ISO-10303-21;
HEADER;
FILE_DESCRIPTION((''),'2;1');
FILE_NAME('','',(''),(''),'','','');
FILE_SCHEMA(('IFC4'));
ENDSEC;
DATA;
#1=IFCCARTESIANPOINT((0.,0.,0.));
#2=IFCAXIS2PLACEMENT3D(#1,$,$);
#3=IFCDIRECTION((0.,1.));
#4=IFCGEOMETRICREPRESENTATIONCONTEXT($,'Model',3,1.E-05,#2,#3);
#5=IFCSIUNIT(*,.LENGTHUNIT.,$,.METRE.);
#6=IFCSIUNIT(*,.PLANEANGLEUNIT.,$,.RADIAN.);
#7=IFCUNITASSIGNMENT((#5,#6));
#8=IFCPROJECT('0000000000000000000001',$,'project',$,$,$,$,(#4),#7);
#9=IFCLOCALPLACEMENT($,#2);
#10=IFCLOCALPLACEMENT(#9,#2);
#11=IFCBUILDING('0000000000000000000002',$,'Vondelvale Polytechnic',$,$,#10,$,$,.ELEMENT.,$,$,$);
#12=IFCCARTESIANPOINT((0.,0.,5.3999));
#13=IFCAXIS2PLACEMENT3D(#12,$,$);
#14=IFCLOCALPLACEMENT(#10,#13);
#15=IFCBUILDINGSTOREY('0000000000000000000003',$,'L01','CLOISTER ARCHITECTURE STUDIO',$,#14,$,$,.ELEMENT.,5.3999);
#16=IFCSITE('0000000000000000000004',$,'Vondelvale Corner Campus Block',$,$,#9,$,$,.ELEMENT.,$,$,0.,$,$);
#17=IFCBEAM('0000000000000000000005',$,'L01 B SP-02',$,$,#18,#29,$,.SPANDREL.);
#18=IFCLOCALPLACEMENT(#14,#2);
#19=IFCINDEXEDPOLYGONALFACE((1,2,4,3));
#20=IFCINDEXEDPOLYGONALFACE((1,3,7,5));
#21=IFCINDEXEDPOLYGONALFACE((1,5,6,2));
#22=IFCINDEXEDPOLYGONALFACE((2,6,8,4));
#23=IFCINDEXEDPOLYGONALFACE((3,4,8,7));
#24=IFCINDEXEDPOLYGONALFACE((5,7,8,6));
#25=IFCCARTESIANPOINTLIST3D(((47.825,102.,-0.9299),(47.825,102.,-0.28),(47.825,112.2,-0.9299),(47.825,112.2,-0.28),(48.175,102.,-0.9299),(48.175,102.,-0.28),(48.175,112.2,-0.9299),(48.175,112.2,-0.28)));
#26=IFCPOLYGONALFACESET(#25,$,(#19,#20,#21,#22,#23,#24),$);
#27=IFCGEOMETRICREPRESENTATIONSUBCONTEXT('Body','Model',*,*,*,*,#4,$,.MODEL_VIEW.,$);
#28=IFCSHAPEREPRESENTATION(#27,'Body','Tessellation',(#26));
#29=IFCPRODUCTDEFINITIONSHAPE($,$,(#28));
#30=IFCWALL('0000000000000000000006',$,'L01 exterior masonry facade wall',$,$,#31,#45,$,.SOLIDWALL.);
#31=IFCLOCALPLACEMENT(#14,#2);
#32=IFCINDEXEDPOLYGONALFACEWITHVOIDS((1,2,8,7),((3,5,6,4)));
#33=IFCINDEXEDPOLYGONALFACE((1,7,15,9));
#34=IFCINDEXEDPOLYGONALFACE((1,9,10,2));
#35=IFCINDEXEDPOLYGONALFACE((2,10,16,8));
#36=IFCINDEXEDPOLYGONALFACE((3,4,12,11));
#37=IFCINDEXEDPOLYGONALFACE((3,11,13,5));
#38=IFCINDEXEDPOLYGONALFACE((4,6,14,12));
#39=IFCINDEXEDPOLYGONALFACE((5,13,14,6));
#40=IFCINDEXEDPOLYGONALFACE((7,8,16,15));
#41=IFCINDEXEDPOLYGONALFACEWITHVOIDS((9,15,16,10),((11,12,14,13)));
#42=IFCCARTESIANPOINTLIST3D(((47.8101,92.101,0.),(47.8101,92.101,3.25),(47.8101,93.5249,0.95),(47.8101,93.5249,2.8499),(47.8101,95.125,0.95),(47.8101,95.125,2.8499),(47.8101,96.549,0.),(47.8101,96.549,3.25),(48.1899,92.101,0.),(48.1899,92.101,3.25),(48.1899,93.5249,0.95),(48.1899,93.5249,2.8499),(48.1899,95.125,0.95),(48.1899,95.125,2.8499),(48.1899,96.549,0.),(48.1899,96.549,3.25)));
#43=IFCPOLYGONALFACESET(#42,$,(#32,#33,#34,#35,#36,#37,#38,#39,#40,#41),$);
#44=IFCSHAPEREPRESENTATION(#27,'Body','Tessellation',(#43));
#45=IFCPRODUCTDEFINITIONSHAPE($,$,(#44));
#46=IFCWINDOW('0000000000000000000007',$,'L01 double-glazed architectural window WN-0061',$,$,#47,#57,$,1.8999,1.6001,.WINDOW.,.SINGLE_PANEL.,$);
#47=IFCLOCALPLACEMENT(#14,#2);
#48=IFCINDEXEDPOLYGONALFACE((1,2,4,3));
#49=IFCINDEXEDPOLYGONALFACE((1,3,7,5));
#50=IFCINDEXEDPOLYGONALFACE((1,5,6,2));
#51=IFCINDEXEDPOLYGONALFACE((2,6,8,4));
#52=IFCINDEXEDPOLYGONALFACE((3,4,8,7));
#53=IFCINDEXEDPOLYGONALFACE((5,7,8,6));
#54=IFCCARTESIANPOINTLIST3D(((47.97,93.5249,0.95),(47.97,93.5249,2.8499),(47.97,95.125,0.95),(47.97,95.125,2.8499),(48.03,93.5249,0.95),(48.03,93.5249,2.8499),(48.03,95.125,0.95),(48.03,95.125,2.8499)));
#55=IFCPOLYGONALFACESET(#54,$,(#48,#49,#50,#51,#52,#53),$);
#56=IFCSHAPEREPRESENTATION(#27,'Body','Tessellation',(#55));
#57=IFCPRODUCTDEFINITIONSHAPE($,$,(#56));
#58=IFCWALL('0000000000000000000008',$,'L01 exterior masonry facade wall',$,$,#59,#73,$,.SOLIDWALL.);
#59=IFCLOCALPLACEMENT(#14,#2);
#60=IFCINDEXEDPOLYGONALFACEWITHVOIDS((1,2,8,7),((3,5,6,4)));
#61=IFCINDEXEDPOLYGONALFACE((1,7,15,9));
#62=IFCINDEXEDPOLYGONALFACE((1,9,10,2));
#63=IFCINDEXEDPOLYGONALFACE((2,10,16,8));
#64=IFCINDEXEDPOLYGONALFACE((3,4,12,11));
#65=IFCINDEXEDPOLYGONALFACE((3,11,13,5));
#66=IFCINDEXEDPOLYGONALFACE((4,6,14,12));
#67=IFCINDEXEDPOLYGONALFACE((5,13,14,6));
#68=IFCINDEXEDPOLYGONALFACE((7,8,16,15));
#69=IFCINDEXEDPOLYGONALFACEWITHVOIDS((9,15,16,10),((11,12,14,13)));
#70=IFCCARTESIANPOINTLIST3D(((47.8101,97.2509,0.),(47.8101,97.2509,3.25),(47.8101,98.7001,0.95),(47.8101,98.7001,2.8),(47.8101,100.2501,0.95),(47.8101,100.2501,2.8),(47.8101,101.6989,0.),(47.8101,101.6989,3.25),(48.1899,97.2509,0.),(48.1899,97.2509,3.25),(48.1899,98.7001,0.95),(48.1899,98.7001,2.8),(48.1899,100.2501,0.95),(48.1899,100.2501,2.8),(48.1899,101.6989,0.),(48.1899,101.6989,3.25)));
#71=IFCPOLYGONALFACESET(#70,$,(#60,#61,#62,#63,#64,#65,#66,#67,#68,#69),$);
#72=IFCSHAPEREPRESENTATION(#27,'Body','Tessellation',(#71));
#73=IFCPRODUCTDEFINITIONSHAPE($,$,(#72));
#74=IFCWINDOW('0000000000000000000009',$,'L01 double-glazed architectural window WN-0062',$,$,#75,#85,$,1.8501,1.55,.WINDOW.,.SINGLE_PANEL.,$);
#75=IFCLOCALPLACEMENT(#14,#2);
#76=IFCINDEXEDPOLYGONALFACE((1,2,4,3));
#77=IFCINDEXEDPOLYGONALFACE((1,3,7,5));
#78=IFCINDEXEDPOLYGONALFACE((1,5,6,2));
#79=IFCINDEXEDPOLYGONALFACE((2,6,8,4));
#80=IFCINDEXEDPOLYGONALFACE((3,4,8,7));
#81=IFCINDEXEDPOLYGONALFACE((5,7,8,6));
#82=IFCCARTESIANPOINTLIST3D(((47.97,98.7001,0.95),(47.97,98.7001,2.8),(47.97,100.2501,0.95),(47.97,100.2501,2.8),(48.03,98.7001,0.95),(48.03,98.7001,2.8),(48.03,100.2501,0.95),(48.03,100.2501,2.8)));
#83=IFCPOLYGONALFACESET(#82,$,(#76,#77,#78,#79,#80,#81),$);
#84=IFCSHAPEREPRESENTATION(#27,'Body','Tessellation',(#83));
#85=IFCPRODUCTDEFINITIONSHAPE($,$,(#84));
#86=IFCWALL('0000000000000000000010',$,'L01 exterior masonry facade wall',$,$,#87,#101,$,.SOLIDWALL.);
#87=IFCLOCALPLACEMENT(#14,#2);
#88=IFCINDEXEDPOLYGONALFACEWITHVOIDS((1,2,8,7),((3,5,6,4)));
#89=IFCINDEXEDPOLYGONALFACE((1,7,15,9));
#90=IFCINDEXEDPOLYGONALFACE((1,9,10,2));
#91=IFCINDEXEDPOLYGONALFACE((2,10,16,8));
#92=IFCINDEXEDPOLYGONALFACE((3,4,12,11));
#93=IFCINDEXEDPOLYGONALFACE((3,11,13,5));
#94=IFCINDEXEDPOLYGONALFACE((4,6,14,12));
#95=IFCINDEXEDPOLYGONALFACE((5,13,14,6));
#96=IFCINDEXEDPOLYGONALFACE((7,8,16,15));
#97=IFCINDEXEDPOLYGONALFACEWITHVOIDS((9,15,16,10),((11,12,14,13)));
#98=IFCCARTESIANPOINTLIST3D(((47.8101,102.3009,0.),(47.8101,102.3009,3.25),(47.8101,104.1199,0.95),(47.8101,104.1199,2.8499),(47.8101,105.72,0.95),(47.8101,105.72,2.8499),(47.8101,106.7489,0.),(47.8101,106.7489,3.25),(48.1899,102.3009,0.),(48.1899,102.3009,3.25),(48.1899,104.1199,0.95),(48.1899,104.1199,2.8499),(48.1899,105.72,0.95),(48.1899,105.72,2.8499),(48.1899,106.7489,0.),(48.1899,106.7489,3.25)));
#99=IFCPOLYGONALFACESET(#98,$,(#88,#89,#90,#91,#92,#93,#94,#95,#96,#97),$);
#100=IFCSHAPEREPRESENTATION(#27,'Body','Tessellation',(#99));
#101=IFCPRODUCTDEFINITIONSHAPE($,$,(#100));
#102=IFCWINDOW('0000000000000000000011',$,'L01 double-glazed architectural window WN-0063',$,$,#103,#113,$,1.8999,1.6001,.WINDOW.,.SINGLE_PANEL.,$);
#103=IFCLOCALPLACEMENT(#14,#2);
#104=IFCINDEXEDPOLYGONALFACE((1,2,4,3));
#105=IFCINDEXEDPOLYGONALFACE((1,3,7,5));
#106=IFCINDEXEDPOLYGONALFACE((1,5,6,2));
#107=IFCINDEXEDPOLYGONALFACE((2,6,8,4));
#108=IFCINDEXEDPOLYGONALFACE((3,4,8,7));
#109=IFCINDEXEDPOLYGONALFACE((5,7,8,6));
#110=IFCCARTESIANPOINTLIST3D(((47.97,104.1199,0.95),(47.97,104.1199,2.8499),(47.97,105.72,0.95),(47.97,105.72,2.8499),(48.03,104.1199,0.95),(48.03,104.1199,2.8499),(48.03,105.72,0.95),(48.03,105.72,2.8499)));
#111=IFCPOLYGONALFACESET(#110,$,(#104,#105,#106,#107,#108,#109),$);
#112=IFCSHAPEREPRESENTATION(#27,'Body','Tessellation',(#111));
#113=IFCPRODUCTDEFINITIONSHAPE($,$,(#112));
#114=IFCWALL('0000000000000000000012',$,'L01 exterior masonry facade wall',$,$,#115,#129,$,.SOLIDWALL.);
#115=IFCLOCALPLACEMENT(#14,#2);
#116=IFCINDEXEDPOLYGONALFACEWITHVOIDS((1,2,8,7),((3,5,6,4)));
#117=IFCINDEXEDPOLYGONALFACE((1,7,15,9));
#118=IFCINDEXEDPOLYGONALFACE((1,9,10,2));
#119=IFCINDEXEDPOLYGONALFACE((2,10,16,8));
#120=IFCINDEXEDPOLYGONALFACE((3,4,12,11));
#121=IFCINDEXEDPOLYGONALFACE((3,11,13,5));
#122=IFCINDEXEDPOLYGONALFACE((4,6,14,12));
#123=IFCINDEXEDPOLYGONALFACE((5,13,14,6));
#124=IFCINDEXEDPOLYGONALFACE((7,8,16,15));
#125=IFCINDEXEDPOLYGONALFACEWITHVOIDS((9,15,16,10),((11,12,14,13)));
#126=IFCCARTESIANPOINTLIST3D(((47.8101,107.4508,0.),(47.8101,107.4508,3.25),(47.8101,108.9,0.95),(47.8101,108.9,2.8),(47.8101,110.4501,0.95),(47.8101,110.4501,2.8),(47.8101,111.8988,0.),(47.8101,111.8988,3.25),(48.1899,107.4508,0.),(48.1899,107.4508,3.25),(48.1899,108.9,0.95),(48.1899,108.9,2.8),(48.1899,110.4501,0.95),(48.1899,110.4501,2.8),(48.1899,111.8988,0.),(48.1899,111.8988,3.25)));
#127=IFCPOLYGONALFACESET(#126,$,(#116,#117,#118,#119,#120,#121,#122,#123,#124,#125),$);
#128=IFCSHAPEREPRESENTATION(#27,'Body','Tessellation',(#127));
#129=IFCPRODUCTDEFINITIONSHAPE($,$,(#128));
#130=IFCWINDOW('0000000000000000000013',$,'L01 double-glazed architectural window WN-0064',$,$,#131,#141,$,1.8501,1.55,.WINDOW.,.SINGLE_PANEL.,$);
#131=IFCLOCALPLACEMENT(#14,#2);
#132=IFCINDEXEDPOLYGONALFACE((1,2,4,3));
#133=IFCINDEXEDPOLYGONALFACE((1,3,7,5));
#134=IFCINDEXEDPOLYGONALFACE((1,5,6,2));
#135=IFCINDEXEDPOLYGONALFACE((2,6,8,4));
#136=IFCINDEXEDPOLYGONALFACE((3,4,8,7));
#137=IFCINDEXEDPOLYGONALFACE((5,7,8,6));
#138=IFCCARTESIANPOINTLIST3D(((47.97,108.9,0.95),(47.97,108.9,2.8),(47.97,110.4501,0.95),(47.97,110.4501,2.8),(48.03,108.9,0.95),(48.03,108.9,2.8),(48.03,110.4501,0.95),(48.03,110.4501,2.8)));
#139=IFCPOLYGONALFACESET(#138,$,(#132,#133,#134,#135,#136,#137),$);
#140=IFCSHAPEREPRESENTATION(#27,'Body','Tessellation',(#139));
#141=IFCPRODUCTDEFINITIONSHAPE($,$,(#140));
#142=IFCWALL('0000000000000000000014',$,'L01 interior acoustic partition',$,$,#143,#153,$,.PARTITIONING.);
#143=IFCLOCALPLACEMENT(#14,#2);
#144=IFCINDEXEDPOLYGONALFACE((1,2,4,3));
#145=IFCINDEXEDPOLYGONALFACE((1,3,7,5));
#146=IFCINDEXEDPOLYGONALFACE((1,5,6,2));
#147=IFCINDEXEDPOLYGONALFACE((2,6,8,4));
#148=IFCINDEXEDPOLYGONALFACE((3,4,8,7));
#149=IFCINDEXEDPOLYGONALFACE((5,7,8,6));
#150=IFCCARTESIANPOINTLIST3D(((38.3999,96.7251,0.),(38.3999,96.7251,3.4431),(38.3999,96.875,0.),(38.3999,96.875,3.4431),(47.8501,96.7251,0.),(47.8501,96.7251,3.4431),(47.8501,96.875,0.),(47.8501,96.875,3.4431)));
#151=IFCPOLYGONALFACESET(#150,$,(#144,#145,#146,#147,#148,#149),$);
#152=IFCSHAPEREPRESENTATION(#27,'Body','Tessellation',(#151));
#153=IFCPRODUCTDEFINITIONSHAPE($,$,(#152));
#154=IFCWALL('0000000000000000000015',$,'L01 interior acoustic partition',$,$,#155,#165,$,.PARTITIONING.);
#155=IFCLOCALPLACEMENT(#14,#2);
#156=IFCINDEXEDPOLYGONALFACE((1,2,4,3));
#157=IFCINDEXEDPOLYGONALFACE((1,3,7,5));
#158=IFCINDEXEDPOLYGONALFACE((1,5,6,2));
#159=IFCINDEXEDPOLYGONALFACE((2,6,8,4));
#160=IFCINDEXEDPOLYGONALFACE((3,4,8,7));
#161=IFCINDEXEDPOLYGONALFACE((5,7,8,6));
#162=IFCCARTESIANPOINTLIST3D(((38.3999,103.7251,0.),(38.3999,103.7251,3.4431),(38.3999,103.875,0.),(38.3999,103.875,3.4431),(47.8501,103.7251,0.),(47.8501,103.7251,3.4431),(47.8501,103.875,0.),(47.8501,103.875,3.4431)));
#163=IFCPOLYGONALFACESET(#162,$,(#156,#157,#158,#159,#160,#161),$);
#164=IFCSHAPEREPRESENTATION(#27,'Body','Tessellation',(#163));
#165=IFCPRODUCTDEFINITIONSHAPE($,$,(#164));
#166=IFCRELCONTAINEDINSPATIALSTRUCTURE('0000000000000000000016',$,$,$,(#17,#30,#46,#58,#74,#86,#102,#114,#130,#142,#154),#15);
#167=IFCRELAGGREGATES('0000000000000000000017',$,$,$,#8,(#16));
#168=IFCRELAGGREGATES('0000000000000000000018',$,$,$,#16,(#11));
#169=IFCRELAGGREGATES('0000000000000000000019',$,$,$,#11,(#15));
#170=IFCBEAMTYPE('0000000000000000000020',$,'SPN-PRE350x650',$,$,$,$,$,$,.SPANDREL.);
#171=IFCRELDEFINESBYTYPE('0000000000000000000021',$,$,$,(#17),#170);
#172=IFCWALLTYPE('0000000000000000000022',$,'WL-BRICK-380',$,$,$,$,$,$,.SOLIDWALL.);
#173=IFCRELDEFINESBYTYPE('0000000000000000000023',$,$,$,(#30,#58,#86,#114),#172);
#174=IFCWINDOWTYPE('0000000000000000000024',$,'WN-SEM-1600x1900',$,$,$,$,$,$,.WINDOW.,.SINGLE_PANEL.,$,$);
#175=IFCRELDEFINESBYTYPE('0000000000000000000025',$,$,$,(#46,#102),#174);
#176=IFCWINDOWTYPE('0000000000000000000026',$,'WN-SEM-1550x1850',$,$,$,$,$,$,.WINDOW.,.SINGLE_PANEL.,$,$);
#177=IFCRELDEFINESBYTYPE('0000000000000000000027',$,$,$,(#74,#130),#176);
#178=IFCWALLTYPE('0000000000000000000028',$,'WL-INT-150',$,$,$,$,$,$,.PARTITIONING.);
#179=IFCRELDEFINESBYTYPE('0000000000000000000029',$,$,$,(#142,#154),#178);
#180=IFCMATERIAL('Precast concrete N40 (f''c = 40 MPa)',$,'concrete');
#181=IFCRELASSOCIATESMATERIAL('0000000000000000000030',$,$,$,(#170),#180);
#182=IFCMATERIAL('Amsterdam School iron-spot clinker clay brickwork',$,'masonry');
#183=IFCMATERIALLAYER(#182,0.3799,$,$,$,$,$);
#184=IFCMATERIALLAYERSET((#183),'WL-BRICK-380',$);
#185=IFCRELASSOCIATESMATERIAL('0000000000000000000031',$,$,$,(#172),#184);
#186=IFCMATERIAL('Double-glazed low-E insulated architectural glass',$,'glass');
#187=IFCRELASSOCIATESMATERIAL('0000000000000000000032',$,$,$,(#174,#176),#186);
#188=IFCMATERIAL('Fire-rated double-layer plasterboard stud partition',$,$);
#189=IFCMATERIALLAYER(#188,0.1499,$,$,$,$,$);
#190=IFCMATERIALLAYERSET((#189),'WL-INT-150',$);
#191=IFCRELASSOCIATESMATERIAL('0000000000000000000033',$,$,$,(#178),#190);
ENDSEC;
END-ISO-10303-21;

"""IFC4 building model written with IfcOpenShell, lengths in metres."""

from ifc_helpers import new_model, si_unit, direction, frame, frame_2d, origin, origin_2d, place, context, subcontext, project, spatial, rectangle, extrude, material, layer, layer_set, material_profile, profile_set, type_object, element, fill, save


model = new_model("IFC4")

# Units and contexts
model_context = context("Model", 3, precision=1e-05, world=origin(), true_north=direction((0.0, 1.0)))
body_context = subcontext(model_context, "Body", "Model", "MODEL_VIEW")
ifc_project = project(units=[si_unit("LENGTHUNIT", "METRE"), si_unit("PLANEANGLEUNIT", "RADIAN")], contexts=[model_context])

# Site, building, storey
site_placement = place(None, origin())
site = spatial("IfcSite", under=ifc_project, at=site_placement, Name="Vondelvale Corner Campus Block", CompositionType="ELEMENT", RefElevation=0.0)
building_placement = place(site_placement, origin())
building = spatial("IfcBuilding", under=site, at=building_placement, Name="Vondelvale Polytechnic", CompositionType="ELEMENT")
storey_placement = place(building_placement, frame((0.0, 0.0, 5.3999)))
storey = spatial("IfcBuildingStorey", under=building, at=storey_placement, Name="L01", Description="CLOISTER ARCHITECTURE STUDIO", CompositionType="ELEMENT", Elevation=5.3999)

# Beam
ifc_material_1 = material(Name="Precast concrete N40 (f'c = 40 MPa)", Category="concrete")
ifc_material_profile_1 = material_profile(ifc_material_1, rectangle(XDim=0.3501, YDim=0.6499, at=origin_2d()), Name="RC-SPN-350x650")
ifc_profile_set_1 = profile_set([ifc_material_profile_1], Name="Precast concrete N40 (f'c = 40 MPa)")
beam_type_1 = type_object("IfcBeamType", Name="SPN-PRE350x650", PredefinedType="SPANDREL", material=ifc_profile_set_1)
beam_placement = place(storey_placement, frame((48.0, 102.0, -0.605), z_axis=(0.0, 1.0, 0.0), x_axis=(-1.0, 0.0, 0.0)))
element("IfcBeam", 1, at=beam_placement, inside=storey, type_object=beam_type_1, Name="L01 B SP-02", PredefinedType="SPANDREL", context=body_context, shape_type="SweptSolid", body=[
    extrude(rectangle(XDim=0.3501, YDim=0.6499, at=origin_2d()), origin(), (0.0, 0.0, 1.0), 10.2),
])

# Walls, openings, windows
ifc_material_2 = material(Name="Amsterdam School iron-spot clinker clay brickwork", Category="masonry")
ifc_layer_1 = layer(ifc_material_2, 0.3799)
ifc_layer_set_1 = layer_set([ifc_layer_1], Name="WL-BRICK-380")
wall_type_1 = type_object("IfcWallType", Name="WL-BRICK-380", PredefinedType="SOLIDWALL", material=ifc_layer_set_1)
wall_1_placement = place(storey_placement, frame((48.0, 96.5491, 0.0), z_axis=(0.0, 0.0, 1.0), x_axis=(0.0, -1.0, 0.0)))
wall_1 = element("IfcWall", 2, at=wall_1_placement, inside=storey, type_object=wall_type_1, Name="L01 exterior masonry facade wall", PredefinedType="SOLIDWALL", context=body_context, shape_type="SweptSolid", body=[
    extrude(rectangle(XDim=4.448, YDim=0.3799, at=frame_2d((2.2241, 0.0))), origin(), (0.0, 0.0, 1.0), 3.25),
])
opening_1_placement = place(wall_1_placement, frame((1.4241, 0.0, 0.95)))
opening_1 = element("IfcOpeningElement", 3, at=opening_1_placement, cuts=wall_1, PredefinedType="OPENING", context=body_context, shape_type="SweptSolid", body=[
    extrude(rectangle(XDim=1.6001, YDim=1.8999, at=frame_2d((0.8, 0.95))), frame((0.0, 0.2, 0.0), z_axis=(0.0, -1.0, 0.0), x_axis=(1.0, 0.0, 0.0)), (0.0, 0.0, 1.0), 0.3999),
])
ifc_material_3 = material(Name="Double-glazed low-E insulated architectural glass", Category="glass")
window_type_1 = type_object("IfcWindowType", Name="WN-SEM-1600x1900", PartitioningType="SINGLE_PANEL", PredefinedType="WINDOW", material=ifc_material_3)
window_1_placement = place(opening_1_placement, origin())
window_1 = element("IfcWindow", 4, at=window_1_placement, inside=storey, type_object=window_type_1, Name="L01 double-glazed architectural window WN-0061", OverallHeight=1.8999, OverallWidth=1.6001, PartitioningType="SINGLE_PANEL", PredefinedType="WINDOW", context=body_context, shape_type="SweptSolid", body=[
    extrude(rectangle(XDim=1.6001, YDim=1.8999, at=frame_2d((0.8, 0.95))), frame((0.0, 0.03, 0.0), z_axis=(0.0, -1.0, 0.0), x_axis=(1.0, 0.0, 0.0)), (0.0, 0.0, 1.0), 0.0601),
])
fill(opening_1, window_1)
wall_2_placement = place(storey_placement, frame((48.0, 101.699, 0.0), z_axis=(0.0, 0.0, 1.0), x_axis=(0.0, -1.0, 0.0)))
wall_2 = element("IfcWall", 5, at=wall_2_placement, inside=storey, type_object=wall_type_1, Name="L01 exterior masonry facade wall", PredefinedType="SOLIDWALL", context=body_context, shape_type="SweptSolid", body=[
    extrude(rectangle(XDim=4.448, YDim=0.3799, at=frame_2d((2.2241, 0.0))), origin(), (0.0, 0.0, 1.0), 3.25),
])
opening_2_placement = place(wall_2_placement, frame((1.449, 0.0, 0.95)))
opening_2 = element("IfcOpeningElement", 6, at=opening_2_placement, cuts=wall_2, PredefinedType="OPENING", context=body_context, shape_type="SweptSolid", body=[
    extrude(rectangle(XDim=1.55, YDim=1.8501, at=frame_2d((0.7749, 0.925))), frame((0.0, 0.2, 0.0), z_axis=(0.0, -1.0, 0.0), x_axis=(1.0, 0.0, 0.0)), (0.0, 0.0, 1.0), 0.3999),
])
window_type_2 = type_object("IfcWindowType", Name="WN-SEM-1550x1850", PartitioningType="SINGLE_PANEL", PredefinedType="WINDOW", material=ifc_material_3)
window_2_placement = place(opening_2_placement, origin())
window_2 = element("IfcWindow", 7, at=window_2_placement, inside=storey, type_object=window_type_2, Name="L01 double-glazed architectural window WN-0062", OverallHeight=1.8501, OverallWidth=1.55, PartitioningType="SINGLE_PANEL", PredefinedType="WINDOW", context=body_context, shape_type="SweptSolid", body=[
    extrude(rectangle(XDim=1.55, YDim=1.8501, at=frame_2d((0.7749, 0.925))), frame((0.0, 0.03, 0.0), z_axis=(0.0, -1.0, 0.0), x_axis=(1.0, 0.0, 0.0)), (0.0, 0.0, 1.0), 0.0601),
])
fill(opening_2, window_2)
wall_3_placement = place(storey_placement, frame((48.0, 106.749, 0.0), z_axis=(0.0, 0.0, 1.0), x_axis=(0.0, -1.0, 0.0)))
wall_3 = element("IfcWall", 8, at=wall_3_placement, inside=storey, type_object=wall_type_1, Name="L01 exterior masonry facade wall", PredefinedType="SOLIDWALL", context=body_context, shape_type="SweptSolid", body=[
    extrude(rectangle(XDim=4.448, YDim=0.3799, at=frame_2d((2.2241, 0.0))), origin(), (0.0, 0.0, 1.0), 3.25),
])
opening_3_placement = place(wall_3_placement, frame((1.0291, 0.0, 0.95)))
opening_3 = element("IfcOpeningElement", 9, at=opening_3_placement, cuts=wall_3, PredefinedType="OPENING", context=body_context, shape_type="SweptSolid", body=[
    extrude(rectangle(XDim=1.6001, YDim=1.8999, at=frame_2d((0.8, 0.95))), frame((0.0, 0.2, 0.0), z_axis=(0.0, -1.0, 0.0), x_axis=(1.0, 0.0, 0.0)), (0.0, 0.0, 1.0), 0.3999),
])
window_3_placement = place(opening_3_placement, origin())
window_3 = element("IfcWindow", 10, at=window_3_placement, inside=storey, type_object=window_type_1, Name="L01 double-glazed architectural window WN-0063", OverallHeight=1.8999, OverallWidth=1.6001, PartitioningType="SINGLE_PANEL", PredefinedType="WINDOW", context=body_context, shape_type="SweptSolid", body=[
    extrude(rectangle(XDim=1.6001, YDim=1.8999, at=frame_2d((0.8, 0.95))), frame((0.0, 0.03, 0.0), z_axis=(0.0, -1.0, 0.0), x_axis=(1.0, 0.0, 0.0)), (0.0, 0.0, 1.0), 0.0601),
])
fill(opening_3, window_3)
wall_4_placement = place(storey_placement, frame((48.0, 111.8989, 0.0), z_axis=(0.0, 0.0, 1.0), x_axis=(0.0, -1.0, 0.0)))
wall_4 = element("IfcWall", 11, at=wall_4_placement, inside=storey, type_object=wall_type_1, Name="L01 exterior masonry facade wall", PredefinedType="SOLIDWALL", context=body_context, shape_type="SweptSolid", body=[
    extrude(rectangle(XDim=4.448, YDim=0.3799, at=frame_2d((2.2241, 0.0))), origin(), (0.0, 0.0, 1.0), 3.25),
])
opening_4_placement = place(wall_4_placement, frame((1.449, 0.0, 0.95)))
opening_4 = element("IfcOpeningElement", 12, at=opening_4_placement, cuts=wall_4, PredefinedType="OPENING", context=body_context, shape_type="SweptSolid", body=[
    extrude(rectangle(XDim=1.55, YDim=1.8501, at=frame_2d((0.7749, 0.925))), frame((0.0, 0.2, 0.0), z_axis=(0.0, -1.0, 0.0), x_axis=(1.0, 0.0, 0.0)), (0.0, 0.0, 1.0), 0.3999),
])
window_4_placement = place(opening_4_placement, origin())
window_4 = element("IfcWindow", 13, at=window_4_placement, inside=storey, type_object=window_type_2, Name="L01 double-glazed architectural window WN-0064", OverallHeight=1.8501, OverallWidth=1.55, PartitioningType="SINGLE_PANEL", PredefinedType="WINDOW", context=body_context, shape_type="SweptSolid", body=[
    extrude(rectangle(XDim=1.55, YDim=1.8501, at=frame_2d((0.7749, 0.925))), frame((0.0, 0.03, 0.0), z_axis=(0.0, -1.0, 0.0), x_axis=(1.0, 0.0, 0.0)), (0.0, 0.0, 1.0), 0.0601),
])
fill(opening_4, window_4)

# Walls
ifc_material_4 = material(Name="Fire-rated double-layer plasterboard stud partition")
ifc_layer_2 = layer(ifc_material_4, 0.1499)
ifc_layer_set_2 = layer_set([ifc_layer_2], Name="WL-INT-150")
wall_type_2 = type_object("IfcWallType", Name="WL-INT-150", PredefinedType="PARTITIONING", material=ifc_layer_set_2)
for number, where, z_axis, x_axis, name in (
    (14, (38.3999, 96.8, 0.0), (0.0, 0.0, 1.0), (1.0, 0.0, 0.0), "L01 interior acoustic partition"),
    (15, (38.3999, 103.8, 0.0), (0.0, 0.0, 1.0), (1.0, 0.0, 0.0), "L01 interior acoustic partition"),
):
    element("IfcWall", number, at=place(storey_placement, frame(where, z_axis=z_axis, x_axis=x_axis)), inside=storey, type_object=wall_type_2, Name=name, PredefinedType="PARTITIONING", context=body_context, shape_type="SweptSolid", body=[
        extrude(rectangle(XDim=9.4502, YDim=0.1499, at=frame_2d((4.7251, 0.0))), origin(), (0.0, 0.0, 1.0), 3.4431),
    ])

save(model, "model.ifc")
